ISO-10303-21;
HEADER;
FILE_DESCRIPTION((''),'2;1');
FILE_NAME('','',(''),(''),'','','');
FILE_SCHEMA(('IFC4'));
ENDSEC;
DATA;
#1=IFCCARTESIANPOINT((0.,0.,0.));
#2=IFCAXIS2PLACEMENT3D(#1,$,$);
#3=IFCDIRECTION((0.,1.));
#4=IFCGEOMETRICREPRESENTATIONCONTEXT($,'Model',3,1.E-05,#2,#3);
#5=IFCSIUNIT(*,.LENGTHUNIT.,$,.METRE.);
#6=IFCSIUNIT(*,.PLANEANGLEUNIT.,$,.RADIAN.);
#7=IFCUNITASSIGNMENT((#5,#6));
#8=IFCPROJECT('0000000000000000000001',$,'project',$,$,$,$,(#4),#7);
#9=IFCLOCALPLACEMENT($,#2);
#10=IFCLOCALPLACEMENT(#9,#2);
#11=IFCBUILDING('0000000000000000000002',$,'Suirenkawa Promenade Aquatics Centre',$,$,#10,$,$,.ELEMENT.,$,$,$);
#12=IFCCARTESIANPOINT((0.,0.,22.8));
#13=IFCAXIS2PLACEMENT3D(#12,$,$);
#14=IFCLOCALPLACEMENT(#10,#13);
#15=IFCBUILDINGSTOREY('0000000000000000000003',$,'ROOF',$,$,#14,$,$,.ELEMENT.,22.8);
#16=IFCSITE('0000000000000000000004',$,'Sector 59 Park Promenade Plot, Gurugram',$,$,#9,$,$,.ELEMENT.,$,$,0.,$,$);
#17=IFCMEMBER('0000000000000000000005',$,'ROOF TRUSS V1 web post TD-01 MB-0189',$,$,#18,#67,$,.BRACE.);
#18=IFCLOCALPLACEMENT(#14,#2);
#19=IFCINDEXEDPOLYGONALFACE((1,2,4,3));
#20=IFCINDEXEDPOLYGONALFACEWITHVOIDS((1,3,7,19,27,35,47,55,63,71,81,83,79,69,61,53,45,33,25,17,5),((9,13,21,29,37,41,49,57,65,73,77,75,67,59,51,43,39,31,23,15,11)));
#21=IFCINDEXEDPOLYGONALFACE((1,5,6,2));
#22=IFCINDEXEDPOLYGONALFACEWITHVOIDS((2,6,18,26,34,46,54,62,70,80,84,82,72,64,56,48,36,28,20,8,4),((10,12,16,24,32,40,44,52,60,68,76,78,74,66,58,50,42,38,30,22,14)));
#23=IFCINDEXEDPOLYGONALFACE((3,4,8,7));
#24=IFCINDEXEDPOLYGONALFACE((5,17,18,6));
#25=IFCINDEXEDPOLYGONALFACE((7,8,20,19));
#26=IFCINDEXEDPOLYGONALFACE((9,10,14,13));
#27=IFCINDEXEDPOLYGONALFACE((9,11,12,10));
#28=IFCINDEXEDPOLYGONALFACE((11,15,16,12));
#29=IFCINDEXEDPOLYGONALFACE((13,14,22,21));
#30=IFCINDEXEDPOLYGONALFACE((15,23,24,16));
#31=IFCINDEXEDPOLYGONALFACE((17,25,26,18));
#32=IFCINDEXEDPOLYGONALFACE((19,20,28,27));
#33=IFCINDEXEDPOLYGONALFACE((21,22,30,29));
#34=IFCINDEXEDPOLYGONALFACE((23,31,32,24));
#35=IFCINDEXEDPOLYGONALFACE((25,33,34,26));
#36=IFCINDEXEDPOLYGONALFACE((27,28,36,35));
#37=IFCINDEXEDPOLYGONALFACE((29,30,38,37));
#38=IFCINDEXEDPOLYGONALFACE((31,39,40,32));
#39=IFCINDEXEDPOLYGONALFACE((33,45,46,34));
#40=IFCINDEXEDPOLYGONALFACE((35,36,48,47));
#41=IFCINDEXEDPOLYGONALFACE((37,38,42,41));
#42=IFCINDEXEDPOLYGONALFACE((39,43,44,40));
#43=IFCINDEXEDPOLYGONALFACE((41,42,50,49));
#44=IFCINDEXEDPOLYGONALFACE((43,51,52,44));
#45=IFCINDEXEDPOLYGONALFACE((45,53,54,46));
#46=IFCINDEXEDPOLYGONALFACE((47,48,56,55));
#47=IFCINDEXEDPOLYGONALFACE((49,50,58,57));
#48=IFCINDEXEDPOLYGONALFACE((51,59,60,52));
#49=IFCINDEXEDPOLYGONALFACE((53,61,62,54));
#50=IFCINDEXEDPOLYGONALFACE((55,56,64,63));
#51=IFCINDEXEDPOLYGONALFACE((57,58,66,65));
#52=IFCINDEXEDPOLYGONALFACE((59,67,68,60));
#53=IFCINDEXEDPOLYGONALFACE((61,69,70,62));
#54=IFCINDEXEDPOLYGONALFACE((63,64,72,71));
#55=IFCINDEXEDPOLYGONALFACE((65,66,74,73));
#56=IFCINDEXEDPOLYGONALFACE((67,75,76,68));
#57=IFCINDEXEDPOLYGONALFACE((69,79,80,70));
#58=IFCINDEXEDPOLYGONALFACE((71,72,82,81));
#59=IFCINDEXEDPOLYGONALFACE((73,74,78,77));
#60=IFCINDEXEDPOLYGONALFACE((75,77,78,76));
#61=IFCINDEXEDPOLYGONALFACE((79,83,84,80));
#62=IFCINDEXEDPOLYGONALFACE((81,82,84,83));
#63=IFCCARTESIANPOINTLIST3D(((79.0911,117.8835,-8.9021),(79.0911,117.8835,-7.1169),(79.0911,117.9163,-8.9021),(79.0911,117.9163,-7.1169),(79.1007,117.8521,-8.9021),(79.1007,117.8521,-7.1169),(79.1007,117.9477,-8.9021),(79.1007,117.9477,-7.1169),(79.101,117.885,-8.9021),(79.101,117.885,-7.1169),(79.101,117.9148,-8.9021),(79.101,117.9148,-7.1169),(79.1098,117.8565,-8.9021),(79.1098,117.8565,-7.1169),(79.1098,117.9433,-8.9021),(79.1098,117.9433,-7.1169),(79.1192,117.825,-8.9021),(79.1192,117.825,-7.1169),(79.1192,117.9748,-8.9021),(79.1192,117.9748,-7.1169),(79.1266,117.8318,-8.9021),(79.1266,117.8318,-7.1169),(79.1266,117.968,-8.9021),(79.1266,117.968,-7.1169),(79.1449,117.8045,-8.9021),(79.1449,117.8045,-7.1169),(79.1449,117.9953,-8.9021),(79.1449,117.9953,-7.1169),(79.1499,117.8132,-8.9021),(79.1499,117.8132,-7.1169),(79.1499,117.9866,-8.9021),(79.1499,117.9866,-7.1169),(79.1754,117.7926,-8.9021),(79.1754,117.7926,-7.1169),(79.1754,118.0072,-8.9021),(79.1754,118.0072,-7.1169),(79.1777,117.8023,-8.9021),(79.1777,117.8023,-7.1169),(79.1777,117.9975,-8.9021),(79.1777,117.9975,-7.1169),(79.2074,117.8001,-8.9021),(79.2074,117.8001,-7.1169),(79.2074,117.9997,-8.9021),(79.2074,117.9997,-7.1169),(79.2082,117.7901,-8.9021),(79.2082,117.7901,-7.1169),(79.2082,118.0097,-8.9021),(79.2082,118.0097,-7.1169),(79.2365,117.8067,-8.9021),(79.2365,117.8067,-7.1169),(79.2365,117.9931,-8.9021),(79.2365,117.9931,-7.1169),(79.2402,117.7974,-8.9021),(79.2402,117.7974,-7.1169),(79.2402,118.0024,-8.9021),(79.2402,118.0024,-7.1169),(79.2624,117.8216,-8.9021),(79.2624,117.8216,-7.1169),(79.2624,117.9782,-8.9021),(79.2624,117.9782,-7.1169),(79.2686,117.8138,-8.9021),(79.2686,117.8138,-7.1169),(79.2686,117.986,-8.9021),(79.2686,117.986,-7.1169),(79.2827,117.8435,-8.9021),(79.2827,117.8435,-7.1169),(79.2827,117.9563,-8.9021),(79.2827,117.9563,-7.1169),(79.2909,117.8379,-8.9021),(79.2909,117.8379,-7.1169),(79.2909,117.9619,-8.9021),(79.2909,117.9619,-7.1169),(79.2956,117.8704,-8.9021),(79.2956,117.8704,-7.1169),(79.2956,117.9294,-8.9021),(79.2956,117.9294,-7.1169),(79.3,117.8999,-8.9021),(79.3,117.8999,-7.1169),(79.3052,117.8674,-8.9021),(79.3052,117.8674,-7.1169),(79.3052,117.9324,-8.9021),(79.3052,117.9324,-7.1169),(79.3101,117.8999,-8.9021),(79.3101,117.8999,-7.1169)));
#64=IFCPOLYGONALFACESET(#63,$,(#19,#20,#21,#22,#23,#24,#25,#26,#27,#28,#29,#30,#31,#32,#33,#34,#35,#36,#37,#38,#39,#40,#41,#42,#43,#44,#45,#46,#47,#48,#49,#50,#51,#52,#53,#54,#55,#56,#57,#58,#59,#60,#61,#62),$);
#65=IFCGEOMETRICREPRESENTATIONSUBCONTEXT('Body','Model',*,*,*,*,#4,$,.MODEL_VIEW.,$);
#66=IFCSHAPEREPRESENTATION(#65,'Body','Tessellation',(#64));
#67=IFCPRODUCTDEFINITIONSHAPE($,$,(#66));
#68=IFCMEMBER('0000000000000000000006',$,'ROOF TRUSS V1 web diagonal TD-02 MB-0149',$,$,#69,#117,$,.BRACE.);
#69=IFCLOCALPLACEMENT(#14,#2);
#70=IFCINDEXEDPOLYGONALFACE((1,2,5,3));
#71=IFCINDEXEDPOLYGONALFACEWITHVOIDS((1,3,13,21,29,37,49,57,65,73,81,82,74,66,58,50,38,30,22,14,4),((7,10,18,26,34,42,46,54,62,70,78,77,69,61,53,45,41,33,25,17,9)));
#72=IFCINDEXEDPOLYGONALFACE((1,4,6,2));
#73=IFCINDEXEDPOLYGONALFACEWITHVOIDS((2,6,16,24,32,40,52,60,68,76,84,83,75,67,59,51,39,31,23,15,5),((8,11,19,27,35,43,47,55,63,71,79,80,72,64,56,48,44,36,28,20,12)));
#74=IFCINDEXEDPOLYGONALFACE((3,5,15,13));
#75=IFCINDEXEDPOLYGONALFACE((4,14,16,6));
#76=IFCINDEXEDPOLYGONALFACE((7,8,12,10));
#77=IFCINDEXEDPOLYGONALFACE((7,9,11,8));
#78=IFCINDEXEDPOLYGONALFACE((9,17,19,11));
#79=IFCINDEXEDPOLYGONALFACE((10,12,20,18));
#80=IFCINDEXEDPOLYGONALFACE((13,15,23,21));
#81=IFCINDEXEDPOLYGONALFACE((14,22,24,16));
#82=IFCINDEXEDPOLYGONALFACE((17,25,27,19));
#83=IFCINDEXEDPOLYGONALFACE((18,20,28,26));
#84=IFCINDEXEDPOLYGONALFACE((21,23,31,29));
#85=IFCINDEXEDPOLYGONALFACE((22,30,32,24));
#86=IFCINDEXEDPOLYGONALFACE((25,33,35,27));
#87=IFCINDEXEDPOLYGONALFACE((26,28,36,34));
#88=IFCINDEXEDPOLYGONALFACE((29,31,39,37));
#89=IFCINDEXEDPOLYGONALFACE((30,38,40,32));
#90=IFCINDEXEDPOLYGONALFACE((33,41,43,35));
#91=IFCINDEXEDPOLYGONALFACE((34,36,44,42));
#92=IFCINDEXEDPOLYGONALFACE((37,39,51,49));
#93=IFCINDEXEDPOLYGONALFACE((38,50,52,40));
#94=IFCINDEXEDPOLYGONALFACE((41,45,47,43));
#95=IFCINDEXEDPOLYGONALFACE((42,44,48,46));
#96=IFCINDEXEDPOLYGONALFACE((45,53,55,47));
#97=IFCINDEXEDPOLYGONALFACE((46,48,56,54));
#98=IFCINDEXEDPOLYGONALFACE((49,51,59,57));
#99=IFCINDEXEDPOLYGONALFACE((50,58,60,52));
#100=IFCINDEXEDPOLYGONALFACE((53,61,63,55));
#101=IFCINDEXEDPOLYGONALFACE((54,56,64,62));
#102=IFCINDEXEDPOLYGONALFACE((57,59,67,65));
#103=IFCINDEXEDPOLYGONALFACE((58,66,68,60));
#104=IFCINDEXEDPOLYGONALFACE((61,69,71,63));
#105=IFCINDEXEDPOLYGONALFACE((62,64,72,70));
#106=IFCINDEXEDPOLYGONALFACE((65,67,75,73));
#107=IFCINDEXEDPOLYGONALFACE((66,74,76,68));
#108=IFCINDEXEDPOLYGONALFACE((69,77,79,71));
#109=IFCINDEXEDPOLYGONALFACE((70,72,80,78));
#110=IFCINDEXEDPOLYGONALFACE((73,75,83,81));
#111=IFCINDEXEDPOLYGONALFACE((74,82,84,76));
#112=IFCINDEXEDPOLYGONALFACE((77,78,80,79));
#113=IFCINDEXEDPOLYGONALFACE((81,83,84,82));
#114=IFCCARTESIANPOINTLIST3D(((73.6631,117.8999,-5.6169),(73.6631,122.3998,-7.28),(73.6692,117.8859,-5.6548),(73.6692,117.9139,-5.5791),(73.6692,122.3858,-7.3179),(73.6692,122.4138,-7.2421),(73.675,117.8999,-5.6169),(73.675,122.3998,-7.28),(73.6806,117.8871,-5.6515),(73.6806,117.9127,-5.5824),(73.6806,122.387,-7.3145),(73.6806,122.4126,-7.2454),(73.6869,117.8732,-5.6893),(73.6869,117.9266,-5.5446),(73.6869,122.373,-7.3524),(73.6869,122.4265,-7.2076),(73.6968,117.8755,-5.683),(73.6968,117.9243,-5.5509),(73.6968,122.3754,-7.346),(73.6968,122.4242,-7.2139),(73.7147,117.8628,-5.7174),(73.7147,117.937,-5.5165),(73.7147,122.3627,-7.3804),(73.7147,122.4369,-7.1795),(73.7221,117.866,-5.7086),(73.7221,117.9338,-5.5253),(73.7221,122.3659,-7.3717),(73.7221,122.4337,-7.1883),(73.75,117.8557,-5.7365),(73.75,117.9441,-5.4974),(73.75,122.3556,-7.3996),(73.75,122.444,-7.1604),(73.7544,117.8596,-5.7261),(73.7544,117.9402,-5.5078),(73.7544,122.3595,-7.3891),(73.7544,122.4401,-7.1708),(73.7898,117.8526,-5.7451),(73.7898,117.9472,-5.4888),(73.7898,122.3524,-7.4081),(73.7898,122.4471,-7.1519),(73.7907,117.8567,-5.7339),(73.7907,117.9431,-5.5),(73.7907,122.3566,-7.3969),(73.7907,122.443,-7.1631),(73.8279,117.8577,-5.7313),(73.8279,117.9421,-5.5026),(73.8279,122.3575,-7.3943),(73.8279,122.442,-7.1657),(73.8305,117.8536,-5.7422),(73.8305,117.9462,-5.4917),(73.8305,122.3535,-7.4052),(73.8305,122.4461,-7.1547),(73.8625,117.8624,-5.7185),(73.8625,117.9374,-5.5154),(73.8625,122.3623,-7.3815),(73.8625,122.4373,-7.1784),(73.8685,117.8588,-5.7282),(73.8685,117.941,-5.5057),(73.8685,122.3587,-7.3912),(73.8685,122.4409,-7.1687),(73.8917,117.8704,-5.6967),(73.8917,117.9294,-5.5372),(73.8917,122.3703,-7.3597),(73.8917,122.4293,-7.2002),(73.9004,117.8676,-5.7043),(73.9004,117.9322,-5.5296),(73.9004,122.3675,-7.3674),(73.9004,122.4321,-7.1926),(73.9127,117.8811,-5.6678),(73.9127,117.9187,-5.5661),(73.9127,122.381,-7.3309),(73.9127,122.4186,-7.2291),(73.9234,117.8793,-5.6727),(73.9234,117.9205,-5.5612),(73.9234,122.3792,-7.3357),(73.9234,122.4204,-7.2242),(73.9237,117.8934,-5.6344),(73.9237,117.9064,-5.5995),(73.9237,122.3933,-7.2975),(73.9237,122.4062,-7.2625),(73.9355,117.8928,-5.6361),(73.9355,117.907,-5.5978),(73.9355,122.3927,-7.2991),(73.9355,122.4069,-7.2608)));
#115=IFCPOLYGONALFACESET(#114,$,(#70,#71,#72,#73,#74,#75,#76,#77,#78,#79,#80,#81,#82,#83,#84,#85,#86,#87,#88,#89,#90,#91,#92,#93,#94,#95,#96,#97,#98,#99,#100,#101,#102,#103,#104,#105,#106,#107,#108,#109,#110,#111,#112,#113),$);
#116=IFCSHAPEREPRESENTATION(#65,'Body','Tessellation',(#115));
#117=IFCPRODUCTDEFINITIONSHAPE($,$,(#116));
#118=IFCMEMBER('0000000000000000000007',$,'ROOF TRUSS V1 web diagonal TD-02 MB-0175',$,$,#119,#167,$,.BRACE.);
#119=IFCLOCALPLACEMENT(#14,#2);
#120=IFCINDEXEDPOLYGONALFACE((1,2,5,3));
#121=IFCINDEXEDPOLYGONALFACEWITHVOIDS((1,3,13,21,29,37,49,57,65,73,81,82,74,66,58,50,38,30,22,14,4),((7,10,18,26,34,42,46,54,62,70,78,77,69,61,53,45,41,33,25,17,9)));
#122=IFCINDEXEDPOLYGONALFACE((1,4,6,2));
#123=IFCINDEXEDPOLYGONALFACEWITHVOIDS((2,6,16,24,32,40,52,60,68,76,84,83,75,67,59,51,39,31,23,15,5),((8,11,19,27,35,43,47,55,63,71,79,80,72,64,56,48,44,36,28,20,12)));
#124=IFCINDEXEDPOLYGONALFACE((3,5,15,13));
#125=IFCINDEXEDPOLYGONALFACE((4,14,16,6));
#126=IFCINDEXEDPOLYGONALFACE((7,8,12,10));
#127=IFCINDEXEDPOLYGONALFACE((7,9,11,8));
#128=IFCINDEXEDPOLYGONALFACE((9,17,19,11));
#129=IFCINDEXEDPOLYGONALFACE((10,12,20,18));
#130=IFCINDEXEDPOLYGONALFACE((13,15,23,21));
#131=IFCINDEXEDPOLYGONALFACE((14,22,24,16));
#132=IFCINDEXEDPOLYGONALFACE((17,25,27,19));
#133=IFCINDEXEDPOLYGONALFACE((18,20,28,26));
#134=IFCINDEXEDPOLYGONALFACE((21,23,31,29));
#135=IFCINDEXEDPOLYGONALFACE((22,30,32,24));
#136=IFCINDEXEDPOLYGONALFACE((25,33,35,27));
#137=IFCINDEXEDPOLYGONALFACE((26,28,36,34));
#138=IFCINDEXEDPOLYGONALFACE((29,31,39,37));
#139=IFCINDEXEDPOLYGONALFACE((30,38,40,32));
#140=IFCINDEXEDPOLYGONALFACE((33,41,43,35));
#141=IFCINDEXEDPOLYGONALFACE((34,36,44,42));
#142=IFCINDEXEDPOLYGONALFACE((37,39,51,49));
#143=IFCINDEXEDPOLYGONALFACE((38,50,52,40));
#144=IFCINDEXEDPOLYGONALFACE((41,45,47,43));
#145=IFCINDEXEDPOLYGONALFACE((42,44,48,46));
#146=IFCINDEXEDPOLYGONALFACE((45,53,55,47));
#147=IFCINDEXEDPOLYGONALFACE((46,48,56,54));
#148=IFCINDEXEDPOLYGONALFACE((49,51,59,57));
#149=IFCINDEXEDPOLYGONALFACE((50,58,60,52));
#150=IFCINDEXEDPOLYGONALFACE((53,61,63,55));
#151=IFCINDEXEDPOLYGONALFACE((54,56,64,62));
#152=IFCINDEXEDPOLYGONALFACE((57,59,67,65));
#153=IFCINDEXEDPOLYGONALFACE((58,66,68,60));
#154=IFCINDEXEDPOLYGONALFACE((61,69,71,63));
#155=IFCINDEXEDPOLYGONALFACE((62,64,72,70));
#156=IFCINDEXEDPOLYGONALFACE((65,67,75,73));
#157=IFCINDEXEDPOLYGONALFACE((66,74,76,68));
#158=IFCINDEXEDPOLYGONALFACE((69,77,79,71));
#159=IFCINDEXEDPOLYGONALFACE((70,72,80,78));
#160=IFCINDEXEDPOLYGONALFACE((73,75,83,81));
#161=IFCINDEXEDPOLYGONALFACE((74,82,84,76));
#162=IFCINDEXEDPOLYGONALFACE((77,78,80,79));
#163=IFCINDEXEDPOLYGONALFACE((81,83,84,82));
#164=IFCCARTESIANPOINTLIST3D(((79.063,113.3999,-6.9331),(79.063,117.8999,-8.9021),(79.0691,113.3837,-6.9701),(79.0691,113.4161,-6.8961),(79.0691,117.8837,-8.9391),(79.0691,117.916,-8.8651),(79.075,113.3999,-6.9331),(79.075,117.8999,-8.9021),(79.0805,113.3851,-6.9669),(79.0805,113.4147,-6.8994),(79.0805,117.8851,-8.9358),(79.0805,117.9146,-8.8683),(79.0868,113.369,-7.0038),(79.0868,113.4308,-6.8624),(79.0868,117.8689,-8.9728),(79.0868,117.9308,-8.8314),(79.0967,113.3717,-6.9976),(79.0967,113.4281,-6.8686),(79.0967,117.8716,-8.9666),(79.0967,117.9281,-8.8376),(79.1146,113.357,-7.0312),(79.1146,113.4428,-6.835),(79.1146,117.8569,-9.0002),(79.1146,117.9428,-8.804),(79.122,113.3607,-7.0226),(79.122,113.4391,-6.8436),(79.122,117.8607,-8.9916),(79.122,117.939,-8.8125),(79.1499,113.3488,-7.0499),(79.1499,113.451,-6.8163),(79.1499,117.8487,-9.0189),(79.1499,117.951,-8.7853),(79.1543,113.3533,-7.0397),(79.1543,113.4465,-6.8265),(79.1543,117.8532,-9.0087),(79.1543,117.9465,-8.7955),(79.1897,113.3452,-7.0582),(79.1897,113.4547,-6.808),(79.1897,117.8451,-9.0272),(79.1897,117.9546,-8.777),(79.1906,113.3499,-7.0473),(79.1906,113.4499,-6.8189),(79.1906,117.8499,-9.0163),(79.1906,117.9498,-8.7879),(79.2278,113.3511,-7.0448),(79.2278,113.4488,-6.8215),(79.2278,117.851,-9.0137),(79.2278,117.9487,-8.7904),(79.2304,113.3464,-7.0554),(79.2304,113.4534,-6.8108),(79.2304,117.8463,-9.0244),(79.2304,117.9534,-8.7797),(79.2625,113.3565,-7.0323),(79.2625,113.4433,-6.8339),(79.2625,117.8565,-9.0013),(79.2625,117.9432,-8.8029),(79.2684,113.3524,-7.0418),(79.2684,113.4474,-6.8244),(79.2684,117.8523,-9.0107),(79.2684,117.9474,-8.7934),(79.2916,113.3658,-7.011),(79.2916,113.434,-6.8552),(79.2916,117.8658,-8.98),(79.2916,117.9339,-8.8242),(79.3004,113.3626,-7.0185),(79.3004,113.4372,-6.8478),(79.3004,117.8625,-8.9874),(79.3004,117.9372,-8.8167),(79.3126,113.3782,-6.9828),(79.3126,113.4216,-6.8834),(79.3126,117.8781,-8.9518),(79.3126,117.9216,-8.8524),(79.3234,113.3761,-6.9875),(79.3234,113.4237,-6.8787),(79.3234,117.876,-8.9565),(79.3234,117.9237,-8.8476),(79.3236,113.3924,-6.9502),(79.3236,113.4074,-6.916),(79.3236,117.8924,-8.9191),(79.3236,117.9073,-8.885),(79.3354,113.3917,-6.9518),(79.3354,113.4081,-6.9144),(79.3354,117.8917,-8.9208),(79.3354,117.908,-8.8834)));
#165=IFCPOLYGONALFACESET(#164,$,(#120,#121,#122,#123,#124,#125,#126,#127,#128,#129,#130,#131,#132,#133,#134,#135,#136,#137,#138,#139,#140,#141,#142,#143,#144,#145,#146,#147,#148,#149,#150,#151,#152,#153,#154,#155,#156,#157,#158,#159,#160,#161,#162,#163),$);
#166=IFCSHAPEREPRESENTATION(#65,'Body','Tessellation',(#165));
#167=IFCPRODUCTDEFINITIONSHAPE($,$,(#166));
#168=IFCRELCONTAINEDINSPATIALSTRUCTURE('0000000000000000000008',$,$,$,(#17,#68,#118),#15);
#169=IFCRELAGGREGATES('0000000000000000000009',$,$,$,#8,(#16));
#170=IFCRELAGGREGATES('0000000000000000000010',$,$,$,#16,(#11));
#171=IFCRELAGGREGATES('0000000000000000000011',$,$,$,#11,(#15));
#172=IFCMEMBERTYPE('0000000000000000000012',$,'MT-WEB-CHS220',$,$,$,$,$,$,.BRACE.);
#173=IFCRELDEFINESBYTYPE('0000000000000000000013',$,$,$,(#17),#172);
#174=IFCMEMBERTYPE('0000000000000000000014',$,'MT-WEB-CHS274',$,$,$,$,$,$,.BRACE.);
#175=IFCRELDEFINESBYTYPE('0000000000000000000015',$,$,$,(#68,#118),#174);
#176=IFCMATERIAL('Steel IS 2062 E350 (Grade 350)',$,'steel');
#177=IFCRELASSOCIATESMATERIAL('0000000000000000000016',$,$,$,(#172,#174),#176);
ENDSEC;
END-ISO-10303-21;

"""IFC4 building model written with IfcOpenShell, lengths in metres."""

from ifc_helpers import new_model, si_unit, direction, frame, origin, origin_2d, place, context, subcontext, project, spatial, hollow_circle, extrude, material, material_profile, profile_set, type_object, element, save


model = new_model("IFC4")

# Units and contexts
model_context = context("Model", 3, precision=1e-05, world=origin(), true_north=direction((0.0, 1.0)))
body_context = subcontext(model_context, "Body", "Model", "MODEL_VIEW")
ifc_project = project(units=[si_unit("LENGTHUNIT", "METRE"), si_unit("PLANEANGLEUNIT", "RADIAN")], contexts=[model_context])

# Site, building, storey
site_placement = place(None, origin())
site = spatial("IfcSite", under=ifc_project, at=site_placement, Name="Sector 59 Park Promenade Plot, Gurugram", CompositionType="ELEMENT", RefElevation=0.0)
building_placement = place(site_placement, origin())
building = spatial("IfcBuilding", under=site, at=building_placement, Name="Suirenkawa Promenade Aquatics Centre", CompositionType="ELEMENT")
storey_placement = place(building_placement, frame((0.0, 0.0, 22.8)))
storey = spatial("IfcBuildingStorey", under=building, at=storey_placement, Name="ROOF", CompositionType="ELEMENT", Elevation=22.8)

# Shared definitions
ifc_material = material(Name="Steel IS 2062 E350 (Grade 350)", Category="steel")

# Members
ifc_material_profile_1 = material_profile(ifc_material, hollow_circle(Radius=0.1101, WallThickness=0.01, at=origin_2d()), Name="CHS 220x10", Category="steel")
ifc_profile_set_1 = profile_set([ifc_material_profile_1], Name="Steel IS 2062 E350 (Grade 350)")
member_type_1 = type_object("IfcMemberType", Name="MT-WEB-CHS220", PredefinedType="BRACE", material=ifc_profile_set_1)
member_1_placement = place(storey_placement, frame((79.2, 117.8999, -8.9021), z_axis=(0.0, 0.0, 1.0), x_axis=(1.0, 0.0, 0.0)))
element("IfcMember", 1, at=member_1_placement, inside=storey, type_object=member_type_1, Name="ROOF TRUSS V1 web post TD-01 MB-0189", PredefinedType="BRACE", context=body_context, shape_type="SweptSolid", body=[
    extrude(hollow_circle(Radius=0.1101, WallThickness=0.01, at=origin_2d()), origin(), (0.0, 0.0, 1.0), 1.7852),
])
ifc_material_profile_2 = material_profile(ifc_material, hollow_circle(Radius=0.137, WallThickness=0.012, at=origin_2d()), Name="CHS 274x12", Category="steel")
ifc_profile_set_2 = profile_set([ifc_material_profile_2], Name="Steel IS 2062 E350 (Grade 350)")
member_type_2 = type_object("IfcMemberType", Name="MT-WEB-CHS274", PredefinedType="BRACE", material=ifc_profile_set_2)
member_2_placement = place(storey_placement, frame((73.8, 117.8999, -5.6169), z_axis=(0.0, 0.937992, -0.346658), x_axis=(-1.0, 0.0, 0.0)))
element("IfcMember", 2, at=member_2_placement, inside=storey, type_object=member_type_2, Name="ROOF TRUSS V1 web diagonal TD-02 MB-0149", PredefinedType="BRACE", context=body_context, shape_type="SweptSolid", body=[
    extrude(hollow_circle(Radius=0.137, WallThickness=0.012, at=origin_2d()), origin(), (0.0, 0.0, 1.0), 4.7974),
])
member_3_placement = place(storey_placement, frame((79.2, 113.3999, -6.9331), z_axis=(0.0, 0.916139, -0.400861), x_axis=(-1.0, 0.0, 0.0)))
element("IfcMember", 3, at=member_3_placement, inside=storey, type_object=member_type_2, Name="ROOF TRUSS V1 web diagonal TD-02 MB-0175", PredefinedType="BRACE", context=body_context, shape_type="SweptSolid", body=[
    extrude(hollow_circle(Radius=0.137, WallThickness=0.012, at=origin_2d()), origin(), (0.0, 0.0, 1.0), 4.9119),
])

save(model, "model.ifc")
